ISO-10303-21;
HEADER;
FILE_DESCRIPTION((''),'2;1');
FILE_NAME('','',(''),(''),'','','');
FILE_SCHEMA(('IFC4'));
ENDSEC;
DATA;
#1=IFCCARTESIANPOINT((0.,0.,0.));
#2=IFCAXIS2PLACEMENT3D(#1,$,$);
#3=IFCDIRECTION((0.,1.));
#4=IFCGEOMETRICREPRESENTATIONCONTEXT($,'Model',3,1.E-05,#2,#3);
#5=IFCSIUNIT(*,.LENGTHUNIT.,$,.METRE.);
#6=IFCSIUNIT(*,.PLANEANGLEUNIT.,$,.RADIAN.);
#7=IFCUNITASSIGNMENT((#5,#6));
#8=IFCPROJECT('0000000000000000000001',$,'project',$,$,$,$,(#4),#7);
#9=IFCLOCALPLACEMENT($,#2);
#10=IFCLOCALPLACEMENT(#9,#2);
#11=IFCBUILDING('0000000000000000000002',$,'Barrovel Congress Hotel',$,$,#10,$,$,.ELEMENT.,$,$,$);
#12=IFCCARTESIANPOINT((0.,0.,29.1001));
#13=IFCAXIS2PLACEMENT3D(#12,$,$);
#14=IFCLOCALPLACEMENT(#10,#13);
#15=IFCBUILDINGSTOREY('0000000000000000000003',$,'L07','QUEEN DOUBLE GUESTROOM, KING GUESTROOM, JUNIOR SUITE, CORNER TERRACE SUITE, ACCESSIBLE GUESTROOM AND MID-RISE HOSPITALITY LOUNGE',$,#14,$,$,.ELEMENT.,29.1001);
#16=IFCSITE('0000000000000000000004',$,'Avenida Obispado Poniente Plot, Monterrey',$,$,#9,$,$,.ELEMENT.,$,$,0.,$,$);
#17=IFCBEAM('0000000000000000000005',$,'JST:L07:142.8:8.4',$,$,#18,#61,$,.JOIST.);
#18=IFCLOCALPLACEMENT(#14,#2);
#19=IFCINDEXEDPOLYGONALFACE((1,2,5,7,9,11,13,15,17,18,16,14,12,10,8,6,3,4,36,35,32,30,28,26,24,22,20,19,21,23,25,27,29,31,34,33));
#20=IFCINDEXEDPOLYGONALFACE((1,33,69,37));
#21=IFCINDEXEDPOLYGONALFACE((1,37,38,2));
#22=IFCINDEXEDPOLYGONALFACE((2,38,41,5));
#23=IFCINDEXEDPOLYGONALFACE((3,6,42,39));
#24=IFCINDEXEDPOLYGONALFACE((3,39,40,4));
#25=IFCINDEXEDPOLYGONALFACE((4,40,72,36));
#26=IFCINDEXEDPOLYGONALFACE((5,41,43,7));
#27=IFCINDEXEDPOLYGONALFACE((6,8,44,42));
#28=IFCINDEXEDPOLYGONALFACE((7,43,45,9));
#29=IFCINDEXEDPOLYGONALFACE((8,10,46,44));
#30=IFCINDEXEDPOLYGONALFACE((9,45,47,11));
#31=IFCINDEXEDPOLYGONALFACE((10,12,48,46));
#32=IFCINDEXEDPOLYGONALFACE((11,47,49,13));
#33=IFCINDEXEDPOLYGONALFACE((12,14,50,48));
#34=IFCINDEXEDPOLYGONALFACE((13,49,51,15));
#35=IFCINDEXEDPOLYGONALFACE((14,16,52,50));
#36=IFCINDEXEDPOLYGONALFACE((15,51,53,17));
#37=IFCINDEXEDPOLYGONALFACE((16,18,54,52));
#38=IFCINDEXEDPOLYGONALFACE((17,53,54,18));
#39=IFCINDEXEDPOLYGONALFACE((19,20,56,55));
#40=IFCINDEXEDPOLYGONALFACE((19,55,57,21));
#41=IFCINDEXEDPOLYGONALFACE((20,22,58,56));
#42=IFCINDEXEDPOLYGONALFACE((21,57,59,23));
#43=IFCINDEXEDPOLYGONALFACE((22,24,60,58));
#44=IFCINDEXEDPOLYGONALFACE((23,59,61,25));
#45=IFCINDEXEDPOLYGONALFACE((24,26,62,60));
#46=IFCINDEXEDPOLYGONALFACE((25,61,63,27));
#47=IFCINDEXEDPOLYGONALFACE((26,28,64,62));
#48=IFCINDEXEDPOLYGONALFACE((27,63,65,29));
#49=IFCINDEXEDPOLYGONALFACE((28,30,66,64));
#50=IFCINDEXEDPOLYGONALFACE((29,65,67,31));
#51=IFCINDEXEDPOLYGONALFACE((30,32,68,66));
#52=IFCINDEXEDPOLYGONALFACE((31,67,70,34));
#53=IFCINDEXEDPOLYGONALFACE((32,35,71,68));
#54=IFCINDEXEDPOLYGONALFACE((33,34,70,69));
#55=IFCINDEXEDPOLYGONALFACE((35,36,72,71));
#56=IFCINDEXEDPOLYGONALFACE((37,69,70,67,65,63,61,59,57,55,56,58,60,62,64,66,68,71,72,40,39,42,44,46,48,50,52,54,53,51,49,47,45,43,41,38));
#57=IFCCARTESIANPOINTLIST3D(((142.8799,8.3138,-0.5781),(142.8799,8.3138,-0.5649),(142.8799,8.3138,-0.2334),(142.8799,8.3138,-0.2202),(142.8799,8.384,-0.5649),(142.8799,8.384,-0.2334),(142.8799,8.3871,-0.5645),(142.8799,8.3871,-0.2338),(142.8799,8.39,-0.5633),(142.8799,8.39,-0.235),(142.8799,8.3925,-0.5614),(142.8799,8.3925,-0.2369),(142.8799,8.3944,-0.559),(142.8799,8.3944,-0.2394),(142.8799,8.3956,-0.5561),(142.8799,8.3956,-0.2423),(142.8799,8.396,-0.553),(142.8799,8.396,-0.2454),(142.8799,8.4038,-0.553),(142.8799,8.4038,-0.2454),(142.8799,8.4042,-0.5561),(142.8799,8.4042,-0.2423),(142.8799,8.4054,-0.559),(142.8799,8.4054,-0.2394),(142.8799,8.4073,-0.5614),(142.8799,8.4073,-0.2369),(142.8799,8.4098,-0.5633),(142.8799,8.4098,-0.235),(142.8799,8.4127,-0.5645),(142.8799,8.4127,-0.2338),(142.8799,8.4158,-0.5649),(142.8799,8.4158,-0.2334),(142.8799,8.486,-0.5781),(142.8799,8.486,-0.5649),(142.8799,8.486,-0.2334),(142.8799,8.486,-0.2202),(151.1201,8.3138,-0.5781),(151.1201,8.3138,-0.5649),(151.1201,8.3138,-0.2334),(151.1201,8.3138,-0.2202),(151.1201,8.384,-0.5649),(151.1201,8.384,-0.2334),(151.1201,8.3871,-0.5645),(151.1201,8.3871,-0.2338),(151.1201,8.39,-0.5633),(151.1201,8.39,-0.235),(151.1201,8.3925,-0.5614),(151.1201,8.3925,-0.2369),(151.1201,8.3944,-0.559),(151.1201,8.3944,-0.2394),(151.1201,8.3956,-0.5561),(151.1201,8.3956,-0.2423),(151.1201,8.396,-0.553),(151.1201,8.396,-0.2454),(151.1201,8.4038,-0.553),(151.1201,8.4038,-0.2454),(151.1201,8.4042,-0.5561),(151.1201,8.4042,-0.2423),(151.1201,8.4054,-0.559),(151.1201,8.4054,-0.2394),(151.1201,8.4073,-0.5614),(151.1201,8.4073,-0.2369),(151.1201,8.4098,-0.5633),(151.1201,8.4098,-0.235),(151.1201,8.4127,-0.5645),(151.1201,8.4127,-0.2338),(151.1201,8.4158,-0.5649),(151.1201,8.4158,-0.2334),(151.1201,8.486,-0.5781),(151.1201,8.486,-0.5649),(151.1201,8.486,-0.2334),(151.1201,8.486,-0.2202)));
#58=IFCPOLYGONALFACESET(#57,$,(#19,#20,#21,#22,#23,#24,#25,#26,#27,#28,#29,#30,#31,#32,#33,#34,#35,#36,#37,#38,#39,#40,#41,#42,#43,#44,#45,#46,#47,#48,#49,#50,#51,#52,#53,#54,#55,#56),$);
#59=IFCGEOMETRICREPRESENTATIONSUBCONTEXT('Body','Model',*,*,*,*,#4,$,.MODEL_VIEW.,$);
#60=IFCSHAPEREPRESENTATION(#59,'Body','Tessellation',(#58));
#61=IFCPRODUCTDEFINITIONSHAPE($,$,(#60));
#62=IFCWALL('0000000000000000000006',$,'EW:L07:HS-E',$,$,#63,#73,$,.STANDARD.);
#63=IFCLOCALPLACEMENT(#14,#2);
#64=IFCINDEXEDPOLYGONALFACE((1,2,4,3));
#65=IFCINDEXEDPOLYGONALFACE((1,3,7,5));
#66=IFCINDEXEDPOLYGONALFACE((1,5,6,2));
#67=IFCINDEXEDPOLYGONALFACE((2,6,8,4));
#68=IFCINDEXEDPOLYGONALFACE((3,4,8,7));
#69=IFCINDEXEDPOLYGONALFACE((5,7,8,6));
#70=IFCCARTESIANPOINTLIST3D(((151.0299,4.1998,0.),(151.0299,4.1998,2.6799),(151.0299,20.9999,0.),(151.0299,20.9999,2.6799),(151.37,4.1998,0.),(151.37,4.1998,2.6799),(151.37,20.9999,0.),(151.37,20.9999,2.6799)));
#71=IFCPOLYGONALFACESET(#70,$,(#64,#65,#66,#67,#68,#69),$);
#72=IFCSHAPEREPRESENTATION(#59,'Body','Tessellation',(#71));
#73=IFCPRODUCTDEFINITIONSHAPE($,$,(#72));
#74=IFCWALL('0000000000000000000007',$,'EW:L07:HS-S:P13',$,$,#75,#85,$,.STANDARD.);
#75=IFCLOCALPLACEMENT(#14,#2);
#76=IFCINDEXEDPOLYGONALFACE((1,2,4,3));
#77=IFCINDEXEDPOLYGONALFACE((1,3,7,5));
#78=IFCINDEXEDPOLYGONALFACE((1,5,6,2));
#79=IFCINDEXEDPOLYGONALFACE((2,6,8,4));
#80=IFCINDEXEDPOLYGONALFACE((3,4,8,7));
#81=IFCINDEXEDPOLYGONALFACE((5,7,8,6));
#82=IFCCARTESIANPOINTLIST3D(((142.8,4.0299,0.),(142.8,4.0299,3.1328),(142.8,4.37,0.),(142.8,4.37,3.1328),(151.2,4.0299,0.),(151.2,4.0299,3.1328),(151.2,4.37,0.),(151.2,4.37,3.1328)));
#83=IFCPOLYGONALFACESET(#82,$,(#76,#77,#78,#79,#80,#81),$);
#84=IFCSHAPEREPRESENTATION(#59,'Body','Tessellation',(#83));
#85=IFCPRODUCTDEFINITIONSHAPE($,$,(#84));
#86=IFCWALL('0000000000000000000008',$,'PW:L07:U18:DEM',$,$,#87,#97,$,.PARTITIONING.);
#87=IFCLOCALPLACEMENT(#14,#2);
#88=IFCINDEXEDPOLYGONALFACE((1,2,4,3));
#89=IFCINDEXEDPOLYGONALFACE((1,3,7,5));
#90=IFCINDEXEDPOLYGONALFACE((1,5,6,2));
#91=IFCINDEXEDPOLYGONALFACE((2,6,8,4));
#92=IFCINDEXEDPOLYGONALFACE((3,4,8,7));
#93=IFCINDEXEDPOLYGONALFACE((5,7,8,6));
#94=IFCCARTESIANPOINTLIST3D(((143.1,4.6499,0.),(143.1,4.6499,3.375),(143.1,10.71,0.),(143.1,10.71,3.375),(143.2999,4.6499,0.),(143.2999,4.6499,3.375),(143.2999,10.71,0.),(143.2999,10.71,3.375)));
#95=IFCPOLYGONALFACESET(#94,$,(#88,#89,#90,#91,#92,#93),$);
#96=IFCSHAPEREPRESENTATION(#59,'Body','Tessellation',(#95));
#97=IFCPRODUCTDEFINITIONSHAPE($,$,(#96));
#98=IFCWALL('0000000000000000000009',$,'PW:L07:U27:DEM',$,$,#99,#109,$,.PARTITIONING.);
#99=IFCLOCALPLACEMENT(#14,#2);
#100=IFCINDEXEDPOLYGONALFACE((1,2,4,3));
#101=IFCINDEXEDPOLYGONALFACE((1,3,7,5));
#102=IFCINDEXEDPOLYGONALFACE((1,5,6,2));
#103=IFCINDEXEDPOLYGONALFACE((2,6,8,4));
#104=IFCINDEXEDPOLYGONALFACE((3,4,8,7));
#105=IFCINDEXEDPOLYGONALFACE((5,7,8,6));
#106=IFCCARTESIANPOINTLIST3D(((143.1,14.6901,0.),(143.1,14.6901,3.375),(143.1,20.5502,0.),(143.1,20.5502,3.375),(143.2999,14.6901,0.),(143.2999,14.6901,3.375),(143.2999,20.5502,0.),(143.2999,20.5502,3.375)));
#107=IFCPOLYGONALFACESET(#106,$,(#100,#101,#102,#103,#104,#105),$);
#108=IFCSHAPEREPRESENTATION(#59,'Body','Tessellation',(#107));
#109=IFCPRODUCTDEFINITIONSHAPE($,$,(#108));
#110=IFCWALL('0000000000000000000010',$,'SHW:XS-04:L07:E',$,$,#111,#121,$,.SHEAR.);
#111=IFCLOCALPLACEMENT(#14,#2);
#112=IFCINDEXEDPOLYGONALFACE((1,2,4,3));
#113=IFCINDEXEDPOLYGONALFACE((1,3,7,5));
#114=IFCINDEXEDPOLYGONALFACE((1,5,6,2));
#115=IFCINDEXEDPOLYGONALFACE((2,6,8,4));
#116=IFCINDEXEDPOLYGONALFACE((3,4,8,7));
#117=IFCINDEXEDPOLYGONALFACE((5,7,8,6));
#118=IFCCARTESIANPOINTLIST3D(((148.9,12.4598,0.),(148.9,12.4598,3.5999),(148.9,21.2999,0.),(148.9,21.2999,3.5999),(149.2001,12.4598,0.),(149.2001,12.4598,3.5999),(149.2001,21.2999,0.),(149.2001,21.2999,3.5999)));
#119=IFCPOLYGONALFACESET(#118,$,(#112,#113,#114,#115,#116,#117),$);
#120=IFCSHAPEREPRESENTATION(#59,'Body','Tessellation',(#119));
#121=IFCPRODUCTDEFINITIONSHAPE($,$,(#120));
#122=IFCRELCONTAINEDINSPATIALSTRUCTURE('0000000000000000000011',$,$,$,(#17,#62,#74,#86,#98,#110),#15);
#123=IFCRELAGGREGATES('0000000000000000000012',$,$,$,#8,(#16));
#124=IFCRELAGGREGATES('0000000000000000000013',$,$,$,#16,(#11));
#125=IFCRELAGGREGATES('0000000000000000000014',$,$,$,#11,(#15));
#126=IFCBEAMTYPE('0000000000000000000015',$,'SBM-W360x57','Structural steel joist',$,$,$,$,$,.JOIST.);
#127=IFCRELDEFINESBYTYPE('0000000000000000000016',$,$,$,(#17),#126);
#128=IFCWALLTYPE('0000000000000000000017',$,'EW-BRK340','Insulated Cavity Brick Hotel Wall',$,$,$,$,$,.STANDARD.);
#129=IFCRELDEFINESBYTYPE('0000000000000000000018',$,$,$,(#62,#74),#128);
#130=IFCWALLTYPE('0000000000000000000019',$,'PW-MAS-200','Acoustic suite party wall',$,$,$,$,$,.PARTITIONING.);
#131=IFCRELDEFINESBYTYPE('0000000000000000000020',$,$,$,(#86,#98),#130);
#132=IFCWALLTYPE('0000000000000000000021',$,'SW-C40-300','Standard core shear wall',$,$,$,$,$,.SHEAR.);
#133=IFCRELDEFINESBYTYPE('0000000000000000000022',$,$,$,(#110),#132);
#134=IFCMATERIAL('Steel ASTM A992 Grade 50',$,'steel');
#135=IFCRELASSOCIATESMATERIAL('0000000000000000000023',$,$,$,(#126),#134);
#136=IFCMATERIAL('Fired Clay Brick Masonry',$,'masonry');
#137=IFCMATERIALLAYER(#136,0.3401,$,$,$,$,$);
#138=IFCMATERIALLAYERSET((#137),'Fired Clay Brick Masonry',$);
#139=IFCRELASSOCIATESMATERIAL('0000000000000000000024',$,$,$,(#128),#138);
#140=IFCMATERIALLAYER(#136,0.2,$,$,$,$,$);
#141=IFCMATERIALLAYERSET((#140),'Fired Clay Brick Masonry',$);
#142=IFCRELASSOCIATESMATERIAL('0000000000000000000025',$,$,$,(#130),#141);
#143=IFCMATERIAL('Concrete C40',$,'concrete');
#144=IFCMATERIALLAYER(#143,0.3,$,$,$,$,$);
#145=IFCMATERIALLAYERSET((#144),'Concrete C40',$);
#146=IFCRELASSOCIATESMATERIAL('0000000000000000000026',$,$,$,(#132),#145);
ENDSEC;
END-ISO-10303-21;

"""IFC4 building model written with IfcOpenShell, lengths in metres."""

from ifc_helpers import new_model, si_unit, direction, frame, frame_2d, origin, origin_2d, place, context, subcontext, project, spatial, rectangle, i_section, extrude, material, layer, layer_set, material_profile, profile_set, type_object, element, save


model = new_model("IFC4")

# Units and contexts
model_context = context("Model", 3, precision=1e-05, world=origin(), true_north=direction((0.0, 1.0)))
body_context = subcontext(model_context, "Body", "Model", "MODEL_VIEW")
ifc_project = project(units=[si_unit("LENGTHUNIT", "METRE"), si_unit("PLANEANGLEUNIT", "RADIAN")], contexts=[model_context])

# Site, building, storey
site_placement = place(None, origin())
site = spatial("IfcSite", under=ifc_project, at=site_placement, Name="Avenida Obispado Poniente Plot, Monterrey", CompositionType="ELEMENT", RefElevation=0.0)
building_placement = place(site_placement, origin())
building = spatial("IfcBuilding", under=site, at=building_placement, Name="Barrovel Congress Hotel", CompositionType="ELEMENT")
storey_placement = place(building_placement, frame((0.0, 0.0, 29.1001)))
storey = spatial("IfcBuildingStorey", under=building, at=storey_placement, Name="L07", Description="QUEEN DOUBLE GUESTROOM, KING GUESTROOM, JUNIOR SUITE, CORNER TERRACE SUITE, ACCESSIBLE GUESTROOM AND MID-RISE HOSPITALITY LOUNGE", CompositionType="ELEMENT", Elevation=29.1001)

# Shared definitions
ifc_material_1 = material(Name="Concrete C40", Category="concrete")

# Beam
ifc_material_2 = material(Name="Steel ASTM A992 Grade 50", Category="steel")
ifc_material_profile_1 = material_profile(ifc_material_2, i_section(OverallWidth=0.1721, OverallDepth=0.3579, WebThickness=0.0078, FlangeThickness=0.0132, FilletRadius=0.012, at=origin_2d()), Name="W360x57")
ifc_profile_set_1 = profile_set([ifc_material_profile_1], Name="Steel ASTM A992 Grade 50")
beam_type_1 = type_object("IfcBeamType", Name="SBM-W360x57", Description="Structural steel joist", PredefinedType="JOIST", material=ifc_profile_set_1)
beam_1_placement = place(storey_placement, frame((142.8799, 8.3999, -0.3992), z_axis=(1.0, 0.0, 0.0), x_axis=(0.0, 1.0, 0.0)))
element("IfcBeam", 1, at=beam_1_placement, inside=storey, type_object=beam_type_1, Name="JST:L07:142.8:8.4", PredefinedType="JOIST", context=body_context, shape_type="SweptSolid", body=[
    extrude(i_section(OverallWidth=0.1721, OverallDepth=0.3579, WebThickness=0.0078, FlangeThickness=0.0132, FilletRadius=0.012, at=origin_2d()), origin(), (0.0, 0.0, 1.0), 8.2402),
])

# Walls
ifc_material_3 = material(Name="Fired Clay Brick Masonry", Category="masonry")
ifc_layer_1 = layer(ifc_material_3, 0.3401)
ifc_layer_set_1 = layer_set([ifc_layer_1], Name="Fired Clay Brick Masonry")
wall_type_1 = type_object("IfcWallType", Name="EW-BRK340", Description="Insulated Cavity Brick Hotel Wall", PredefinedType="STANDARD", material=ifc_layer_set_1)
wall_1_placement = place(storey_placement, frame((151.2, 4.2, 0.0), z_axis=(0.0, 0.0, 1.0), x_axis=(0.0, 1.0, 0.0)))
element("IfcWall", 2, at=wall_1_placement, inside=storey, type_object=wall_type_1, Name="EW:L07:HS-E", PredefinedType="STANDARD", context=body_context, shape_type="SweptSolid", body=[
    extrude(rectangle(XDim=16.8, YDim=0.3401, at=frame_2d((8.3999, 0.0))), origin(), (0.0, 0.0, 1.0), 2.6799),
])
wall_2_placement = place(storey_placement, frame((142.8, 4.2, 0.0), z_axis=(0.0, 0.0, 1.0), x_axis=(1.0, 0.0, 0.0)))
element("IfcWall", 3, at=wall_2_placement, inside=storey, type_object=wall_type_1, Name="EW:L07:HS-S:P13", PredefinedType="STANDARD", context=body_context, shape_type="SweptSolid", body=[
    extrude(rectangle(XDim=8.3999, YDim=0.3401, at=frame_2d((4.2, 0.0))), origin(), (0.0, 0.0, 1.0), 3.1328),
])
ifc_layer_2 = layer(ifc_material_3, 0.2)
ifc_layer_set_2 = layer_set([ifc_layer_2], Name="Fired Clay Brick Masonry")
wall_type_2 = type_object("IfcWallType", Name="PW-MAS-200", Description="Acoustic suite party wall", PredefinedType="PARTITIONING", material=ifc_layer_set_2)
wall_3_placement = place(storey_placement, frame((143.2, 4.6499, 0.0), z_axis=(0.0, 0.0, 1.0), x_axis=(0.0, 1.0, 0.0)))
element("IfcWall", 4, at=wall_3_placement, inside=storey, type_object=wall_type_2, Name="PW:L07:U18:DEM", PredefinedType="PARTITIONING", context=body_context, shape_type="SweptSolid", body=[
    extrude(rectangle(XDim=6.0601, YDim=0.2, at=frame_2d((3.03, 0.0))), origin(), (0.0, 0.0, 1.0), 3.375),
])
wall_4_placement = place(storey_placement, frame((143.2, 14.6899, 0.0), z_axis=(0.0, 0.0, 1.0), x_axis=(0.0, 1.0, 0.0)))
element("IfcWall", 5, at=wall_4_placement, inside=storey, type_object=wall_type_2, Name="PW:L07:U27:DEM", PredefinedType="PARTITIONING", context=body_context, shape_type="SweptSolid", body=[
    extrude(rectangle(XDim=5.8601, YDim=0.2, at=frame_2d((2.9302, 0.0))), origin(), (0.0, 0.0, 1.0), 3.375),
])

# Shared definitions
ifc_layer_3 = layer(ifc_material_1, 0.3)
ifc_layer_set_3 = layer_set([ifc_layer_3], Name="Concrete C40")
wall_type_3 = type_object("IfcWallType", Name="SW-C40-300", Description="Standard core shear wall", PredefinedType="SHEAR", material=ifc_layer_set_3)

# Wall
wall_5_placement = place(storey_placement, frame((149.05, 12.46, 0.0), z_axis=(0.0, 0.0, 1.0), x_axis=(0.0, 1.0, 0.0)))
element("IfcWall", 6, at=wall_5_placement, inside=storey, type_object=wall_type_3, Name="SHW:XS-04:L07:E", PredefinedType="SHEAR", context=body_context, shape_type="SweptSolid", body=[
    extrude(rectangle(XDim=8.8401, YDim=0.3, at=frame_2d((4.4199, 0.0))), origin(), (0.0, 0.0, 1.0), 3.5999),
])

save(model, "model.ifc")
